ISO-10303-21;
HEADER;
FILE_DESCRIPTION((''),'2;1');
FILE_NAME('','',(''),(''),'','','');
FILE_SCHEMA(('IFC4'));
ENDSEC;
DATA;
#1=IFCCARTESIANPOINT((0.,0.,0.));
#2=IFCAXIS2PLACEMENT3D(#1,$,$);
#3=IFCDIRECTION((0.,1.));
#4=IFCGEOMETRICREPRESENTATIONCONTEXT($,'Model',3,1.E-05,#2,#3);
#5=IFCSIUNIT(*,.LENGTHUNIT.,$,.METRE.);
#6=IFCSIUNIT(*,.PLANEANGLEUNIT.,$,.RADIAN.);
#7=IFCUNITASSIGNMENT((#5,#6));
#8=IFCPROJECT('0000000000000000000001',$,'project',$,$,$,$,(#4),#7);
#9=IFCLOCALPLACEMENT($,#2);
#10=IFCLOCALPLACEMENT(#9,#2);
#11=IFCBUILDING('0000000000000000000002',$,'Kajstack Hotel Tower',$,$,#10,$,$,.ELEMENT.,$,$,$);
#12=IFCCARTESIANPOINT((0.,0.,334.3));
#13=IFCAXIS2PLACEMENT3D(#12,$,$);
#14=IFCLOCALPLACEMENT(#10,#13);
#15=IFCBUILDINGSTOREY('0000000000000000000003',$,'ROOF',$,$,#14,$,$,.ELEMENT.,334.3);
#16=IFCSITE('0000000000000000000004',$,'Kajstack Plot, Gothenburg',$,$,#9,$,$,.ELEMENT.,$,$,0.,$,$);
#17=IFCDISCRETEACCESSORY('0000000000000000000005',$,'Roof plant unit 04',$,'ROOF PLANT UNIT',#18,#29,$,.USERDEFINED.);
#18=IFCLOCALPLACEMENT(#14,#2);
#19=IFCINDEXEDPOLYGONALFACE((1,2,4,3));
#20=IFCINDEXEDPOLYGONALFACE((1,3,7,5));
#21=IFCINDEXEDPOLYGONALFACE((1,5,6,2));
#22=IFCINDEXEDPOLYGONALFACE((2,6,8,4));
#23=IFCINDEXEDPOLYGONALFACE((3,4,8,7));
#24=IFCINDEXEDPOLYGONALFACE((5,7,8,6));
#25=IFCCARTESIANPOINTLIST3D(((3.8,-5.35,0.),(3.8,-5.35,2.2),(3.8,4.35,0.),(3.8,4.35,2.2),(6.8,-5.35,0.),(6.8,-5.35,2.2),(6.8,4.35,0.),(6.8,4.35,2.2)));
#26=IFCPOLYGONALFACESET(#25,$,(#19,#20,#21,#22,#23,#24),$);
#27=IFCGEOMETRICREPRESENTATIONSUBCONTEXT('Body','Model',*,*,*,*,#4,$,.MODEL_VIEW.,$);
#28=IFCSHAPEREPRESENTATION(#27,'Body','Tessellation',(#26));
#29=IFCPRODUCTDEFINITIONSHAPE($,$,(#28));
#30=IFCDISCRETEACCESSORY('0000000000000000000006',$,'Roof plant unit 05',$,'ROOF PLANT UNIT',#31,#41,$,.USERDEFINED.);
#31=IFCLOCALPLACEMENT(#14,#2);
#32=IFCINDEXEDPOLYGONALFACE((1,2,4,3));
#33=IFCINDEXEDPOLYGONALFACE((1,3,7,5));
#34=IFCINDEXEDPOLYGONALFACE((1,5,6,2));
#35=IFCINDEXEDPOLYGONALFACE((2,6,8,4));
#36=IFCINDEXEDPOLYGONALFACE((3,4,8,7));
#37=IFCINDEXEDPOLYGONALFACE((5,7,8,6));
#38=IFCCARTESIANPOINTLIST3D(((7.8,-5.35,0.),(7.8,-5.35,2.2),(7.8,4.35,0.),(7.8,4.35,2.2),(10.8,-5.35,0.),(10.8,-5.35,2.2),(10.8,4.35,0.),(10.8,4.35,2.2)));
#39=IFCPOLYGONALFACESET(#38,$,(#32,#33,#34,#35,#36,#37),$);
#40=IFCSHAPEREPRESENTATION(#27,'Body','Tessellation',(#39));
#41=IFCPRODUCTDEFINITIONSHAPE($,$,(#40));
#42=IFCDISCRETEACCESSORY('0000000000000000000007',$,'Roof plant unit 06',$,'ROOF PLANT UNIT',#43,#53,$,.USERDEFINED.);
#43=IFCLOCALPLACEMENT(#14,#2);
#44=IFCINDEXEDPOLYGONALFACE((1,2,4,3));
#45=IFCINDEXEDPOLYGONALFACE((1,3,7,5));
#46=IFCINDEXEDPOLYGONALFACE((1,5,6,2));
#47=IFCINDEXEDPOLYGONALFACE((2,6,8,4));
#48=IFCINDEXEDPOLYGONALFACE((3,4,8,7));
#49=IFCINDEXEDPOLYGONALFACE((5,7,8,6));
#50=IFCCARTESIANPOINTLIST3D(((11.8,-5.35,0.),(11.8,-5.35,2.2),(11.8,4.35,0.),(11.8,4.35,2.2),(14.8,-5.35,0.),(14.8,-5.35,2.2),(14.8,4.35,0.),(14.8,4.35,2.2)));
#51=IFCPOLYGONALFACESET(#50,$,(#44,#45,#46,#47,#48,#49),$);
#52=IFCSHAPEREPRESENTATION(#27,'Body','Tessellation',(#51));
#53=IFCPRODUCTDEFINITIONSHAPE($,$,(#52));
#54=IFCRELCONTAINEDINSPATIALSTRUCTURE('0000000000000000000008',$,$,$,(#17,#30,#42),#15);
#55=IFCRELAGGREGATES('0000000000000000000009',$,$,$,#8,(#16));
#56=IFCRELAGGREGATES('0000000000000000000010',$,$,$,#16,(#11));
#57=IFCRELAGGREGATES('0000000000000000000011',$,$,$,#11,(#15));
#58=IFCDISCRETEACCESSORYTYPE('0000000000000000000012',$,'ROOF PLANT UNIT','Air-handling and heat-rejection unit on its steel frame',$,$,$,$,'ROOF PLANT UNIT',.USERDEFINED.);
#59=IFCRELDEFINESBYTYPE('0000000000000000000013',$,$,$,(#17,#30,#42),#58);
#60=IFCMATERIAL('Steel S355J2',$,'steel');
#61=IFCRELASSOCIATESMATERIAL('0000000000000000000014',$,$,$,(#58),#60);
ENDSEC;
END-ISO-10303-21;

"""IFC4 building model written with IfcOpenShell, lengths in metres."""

from ifc_helpers import new_model, si_unit, direction, frame, origin, origin_2d, place, context, subcontext, project, spatial, rectangle, extrude, material, type_object, element, save


model = new_model("IFC4")

# Units and contexts
model_context = context("Model", 3, precision=1e-05, world=origin(), true_north=direction((0.0, 1.0)))
body_context = subcontext(model_context, "Body", "Model", "MODEL_VIEW")
ifc_project = project(units=[si_unit("LENGTHUNIT", "METRE"), si_unit("PLANEANGLEUNIT", "RADIAN")], contexts=[model_context])

# Site, building, storey
site_placement = place(None, origin())
site = spatial("IfcSite", under=ifc_project, at=site_placement, Name="Kajstack Plot, Gothenburg", CompositionType="ELEMENT", RefElevation=0.0)
building_placement = place(site_placement, origin())
building = spatial("IfcBuilding", under=site, at=building_placement, Name="Kajstack Hotel Tower", CompositionType="ELEMENT")
storey_placement = place(building_placement, frame((0.0, 0.0, 334.3)))
storey = spatial("IfcBuildingStorey", under=building, at=storey_placement, Name="ROOF", CompositionType="ELEMENT", Elevation=334.3)

# Discrete accessories
ifc_material = material(Name="Steel S355J2", Category="steel")
discrete_accessory_type_1 = type_object("IfcDiscreteAccessoryType", Name="ROOF PLANT UNIT", Description="Air-handling and heat-rejection unit on its steel frame", ElementType="ROOF PLANT UNIT", PredefinedType="USERDEFINED", material=ifc_material)
for number, where, z_axis, x_axis, name in (
    (1, (5.3, -0.5, 0.0), (0.0, 0.0, 1.0), (1.0, 0.0, 0.0), "Roof plant unit 04"),
    (2, (9.3, -0.5, 0.0), (0.0, 0.0, 1.0), (1.0, 0.0, 0.0), "Roof plant unit 05"),
    (3, (13.3, -0.5, 0.0), (0.0, 0.0, 1.0), (1.0, 0.0, 0.0), "Roof plant unit 06"),
):
    element("IfcDiscreteAccessory", number, at=place(storey_placement, frame(where, z_axis=z_axis, x_axis=x_axis)), inside=storey, type_object=discrete_accessory_type_1, Name=name, ObjectType="ROOF PLANT UNIT", PredefinedType="USERDEFINED", context=body_context, shape_type="SweptSolid", body=[
        extrude(rectangle(XDim=3.0, YDim=9.7, at=origin_2d()), origin(), (0.0, 0.0, 1.0), 2.2),
    ])

save(model, "model.ifc")
